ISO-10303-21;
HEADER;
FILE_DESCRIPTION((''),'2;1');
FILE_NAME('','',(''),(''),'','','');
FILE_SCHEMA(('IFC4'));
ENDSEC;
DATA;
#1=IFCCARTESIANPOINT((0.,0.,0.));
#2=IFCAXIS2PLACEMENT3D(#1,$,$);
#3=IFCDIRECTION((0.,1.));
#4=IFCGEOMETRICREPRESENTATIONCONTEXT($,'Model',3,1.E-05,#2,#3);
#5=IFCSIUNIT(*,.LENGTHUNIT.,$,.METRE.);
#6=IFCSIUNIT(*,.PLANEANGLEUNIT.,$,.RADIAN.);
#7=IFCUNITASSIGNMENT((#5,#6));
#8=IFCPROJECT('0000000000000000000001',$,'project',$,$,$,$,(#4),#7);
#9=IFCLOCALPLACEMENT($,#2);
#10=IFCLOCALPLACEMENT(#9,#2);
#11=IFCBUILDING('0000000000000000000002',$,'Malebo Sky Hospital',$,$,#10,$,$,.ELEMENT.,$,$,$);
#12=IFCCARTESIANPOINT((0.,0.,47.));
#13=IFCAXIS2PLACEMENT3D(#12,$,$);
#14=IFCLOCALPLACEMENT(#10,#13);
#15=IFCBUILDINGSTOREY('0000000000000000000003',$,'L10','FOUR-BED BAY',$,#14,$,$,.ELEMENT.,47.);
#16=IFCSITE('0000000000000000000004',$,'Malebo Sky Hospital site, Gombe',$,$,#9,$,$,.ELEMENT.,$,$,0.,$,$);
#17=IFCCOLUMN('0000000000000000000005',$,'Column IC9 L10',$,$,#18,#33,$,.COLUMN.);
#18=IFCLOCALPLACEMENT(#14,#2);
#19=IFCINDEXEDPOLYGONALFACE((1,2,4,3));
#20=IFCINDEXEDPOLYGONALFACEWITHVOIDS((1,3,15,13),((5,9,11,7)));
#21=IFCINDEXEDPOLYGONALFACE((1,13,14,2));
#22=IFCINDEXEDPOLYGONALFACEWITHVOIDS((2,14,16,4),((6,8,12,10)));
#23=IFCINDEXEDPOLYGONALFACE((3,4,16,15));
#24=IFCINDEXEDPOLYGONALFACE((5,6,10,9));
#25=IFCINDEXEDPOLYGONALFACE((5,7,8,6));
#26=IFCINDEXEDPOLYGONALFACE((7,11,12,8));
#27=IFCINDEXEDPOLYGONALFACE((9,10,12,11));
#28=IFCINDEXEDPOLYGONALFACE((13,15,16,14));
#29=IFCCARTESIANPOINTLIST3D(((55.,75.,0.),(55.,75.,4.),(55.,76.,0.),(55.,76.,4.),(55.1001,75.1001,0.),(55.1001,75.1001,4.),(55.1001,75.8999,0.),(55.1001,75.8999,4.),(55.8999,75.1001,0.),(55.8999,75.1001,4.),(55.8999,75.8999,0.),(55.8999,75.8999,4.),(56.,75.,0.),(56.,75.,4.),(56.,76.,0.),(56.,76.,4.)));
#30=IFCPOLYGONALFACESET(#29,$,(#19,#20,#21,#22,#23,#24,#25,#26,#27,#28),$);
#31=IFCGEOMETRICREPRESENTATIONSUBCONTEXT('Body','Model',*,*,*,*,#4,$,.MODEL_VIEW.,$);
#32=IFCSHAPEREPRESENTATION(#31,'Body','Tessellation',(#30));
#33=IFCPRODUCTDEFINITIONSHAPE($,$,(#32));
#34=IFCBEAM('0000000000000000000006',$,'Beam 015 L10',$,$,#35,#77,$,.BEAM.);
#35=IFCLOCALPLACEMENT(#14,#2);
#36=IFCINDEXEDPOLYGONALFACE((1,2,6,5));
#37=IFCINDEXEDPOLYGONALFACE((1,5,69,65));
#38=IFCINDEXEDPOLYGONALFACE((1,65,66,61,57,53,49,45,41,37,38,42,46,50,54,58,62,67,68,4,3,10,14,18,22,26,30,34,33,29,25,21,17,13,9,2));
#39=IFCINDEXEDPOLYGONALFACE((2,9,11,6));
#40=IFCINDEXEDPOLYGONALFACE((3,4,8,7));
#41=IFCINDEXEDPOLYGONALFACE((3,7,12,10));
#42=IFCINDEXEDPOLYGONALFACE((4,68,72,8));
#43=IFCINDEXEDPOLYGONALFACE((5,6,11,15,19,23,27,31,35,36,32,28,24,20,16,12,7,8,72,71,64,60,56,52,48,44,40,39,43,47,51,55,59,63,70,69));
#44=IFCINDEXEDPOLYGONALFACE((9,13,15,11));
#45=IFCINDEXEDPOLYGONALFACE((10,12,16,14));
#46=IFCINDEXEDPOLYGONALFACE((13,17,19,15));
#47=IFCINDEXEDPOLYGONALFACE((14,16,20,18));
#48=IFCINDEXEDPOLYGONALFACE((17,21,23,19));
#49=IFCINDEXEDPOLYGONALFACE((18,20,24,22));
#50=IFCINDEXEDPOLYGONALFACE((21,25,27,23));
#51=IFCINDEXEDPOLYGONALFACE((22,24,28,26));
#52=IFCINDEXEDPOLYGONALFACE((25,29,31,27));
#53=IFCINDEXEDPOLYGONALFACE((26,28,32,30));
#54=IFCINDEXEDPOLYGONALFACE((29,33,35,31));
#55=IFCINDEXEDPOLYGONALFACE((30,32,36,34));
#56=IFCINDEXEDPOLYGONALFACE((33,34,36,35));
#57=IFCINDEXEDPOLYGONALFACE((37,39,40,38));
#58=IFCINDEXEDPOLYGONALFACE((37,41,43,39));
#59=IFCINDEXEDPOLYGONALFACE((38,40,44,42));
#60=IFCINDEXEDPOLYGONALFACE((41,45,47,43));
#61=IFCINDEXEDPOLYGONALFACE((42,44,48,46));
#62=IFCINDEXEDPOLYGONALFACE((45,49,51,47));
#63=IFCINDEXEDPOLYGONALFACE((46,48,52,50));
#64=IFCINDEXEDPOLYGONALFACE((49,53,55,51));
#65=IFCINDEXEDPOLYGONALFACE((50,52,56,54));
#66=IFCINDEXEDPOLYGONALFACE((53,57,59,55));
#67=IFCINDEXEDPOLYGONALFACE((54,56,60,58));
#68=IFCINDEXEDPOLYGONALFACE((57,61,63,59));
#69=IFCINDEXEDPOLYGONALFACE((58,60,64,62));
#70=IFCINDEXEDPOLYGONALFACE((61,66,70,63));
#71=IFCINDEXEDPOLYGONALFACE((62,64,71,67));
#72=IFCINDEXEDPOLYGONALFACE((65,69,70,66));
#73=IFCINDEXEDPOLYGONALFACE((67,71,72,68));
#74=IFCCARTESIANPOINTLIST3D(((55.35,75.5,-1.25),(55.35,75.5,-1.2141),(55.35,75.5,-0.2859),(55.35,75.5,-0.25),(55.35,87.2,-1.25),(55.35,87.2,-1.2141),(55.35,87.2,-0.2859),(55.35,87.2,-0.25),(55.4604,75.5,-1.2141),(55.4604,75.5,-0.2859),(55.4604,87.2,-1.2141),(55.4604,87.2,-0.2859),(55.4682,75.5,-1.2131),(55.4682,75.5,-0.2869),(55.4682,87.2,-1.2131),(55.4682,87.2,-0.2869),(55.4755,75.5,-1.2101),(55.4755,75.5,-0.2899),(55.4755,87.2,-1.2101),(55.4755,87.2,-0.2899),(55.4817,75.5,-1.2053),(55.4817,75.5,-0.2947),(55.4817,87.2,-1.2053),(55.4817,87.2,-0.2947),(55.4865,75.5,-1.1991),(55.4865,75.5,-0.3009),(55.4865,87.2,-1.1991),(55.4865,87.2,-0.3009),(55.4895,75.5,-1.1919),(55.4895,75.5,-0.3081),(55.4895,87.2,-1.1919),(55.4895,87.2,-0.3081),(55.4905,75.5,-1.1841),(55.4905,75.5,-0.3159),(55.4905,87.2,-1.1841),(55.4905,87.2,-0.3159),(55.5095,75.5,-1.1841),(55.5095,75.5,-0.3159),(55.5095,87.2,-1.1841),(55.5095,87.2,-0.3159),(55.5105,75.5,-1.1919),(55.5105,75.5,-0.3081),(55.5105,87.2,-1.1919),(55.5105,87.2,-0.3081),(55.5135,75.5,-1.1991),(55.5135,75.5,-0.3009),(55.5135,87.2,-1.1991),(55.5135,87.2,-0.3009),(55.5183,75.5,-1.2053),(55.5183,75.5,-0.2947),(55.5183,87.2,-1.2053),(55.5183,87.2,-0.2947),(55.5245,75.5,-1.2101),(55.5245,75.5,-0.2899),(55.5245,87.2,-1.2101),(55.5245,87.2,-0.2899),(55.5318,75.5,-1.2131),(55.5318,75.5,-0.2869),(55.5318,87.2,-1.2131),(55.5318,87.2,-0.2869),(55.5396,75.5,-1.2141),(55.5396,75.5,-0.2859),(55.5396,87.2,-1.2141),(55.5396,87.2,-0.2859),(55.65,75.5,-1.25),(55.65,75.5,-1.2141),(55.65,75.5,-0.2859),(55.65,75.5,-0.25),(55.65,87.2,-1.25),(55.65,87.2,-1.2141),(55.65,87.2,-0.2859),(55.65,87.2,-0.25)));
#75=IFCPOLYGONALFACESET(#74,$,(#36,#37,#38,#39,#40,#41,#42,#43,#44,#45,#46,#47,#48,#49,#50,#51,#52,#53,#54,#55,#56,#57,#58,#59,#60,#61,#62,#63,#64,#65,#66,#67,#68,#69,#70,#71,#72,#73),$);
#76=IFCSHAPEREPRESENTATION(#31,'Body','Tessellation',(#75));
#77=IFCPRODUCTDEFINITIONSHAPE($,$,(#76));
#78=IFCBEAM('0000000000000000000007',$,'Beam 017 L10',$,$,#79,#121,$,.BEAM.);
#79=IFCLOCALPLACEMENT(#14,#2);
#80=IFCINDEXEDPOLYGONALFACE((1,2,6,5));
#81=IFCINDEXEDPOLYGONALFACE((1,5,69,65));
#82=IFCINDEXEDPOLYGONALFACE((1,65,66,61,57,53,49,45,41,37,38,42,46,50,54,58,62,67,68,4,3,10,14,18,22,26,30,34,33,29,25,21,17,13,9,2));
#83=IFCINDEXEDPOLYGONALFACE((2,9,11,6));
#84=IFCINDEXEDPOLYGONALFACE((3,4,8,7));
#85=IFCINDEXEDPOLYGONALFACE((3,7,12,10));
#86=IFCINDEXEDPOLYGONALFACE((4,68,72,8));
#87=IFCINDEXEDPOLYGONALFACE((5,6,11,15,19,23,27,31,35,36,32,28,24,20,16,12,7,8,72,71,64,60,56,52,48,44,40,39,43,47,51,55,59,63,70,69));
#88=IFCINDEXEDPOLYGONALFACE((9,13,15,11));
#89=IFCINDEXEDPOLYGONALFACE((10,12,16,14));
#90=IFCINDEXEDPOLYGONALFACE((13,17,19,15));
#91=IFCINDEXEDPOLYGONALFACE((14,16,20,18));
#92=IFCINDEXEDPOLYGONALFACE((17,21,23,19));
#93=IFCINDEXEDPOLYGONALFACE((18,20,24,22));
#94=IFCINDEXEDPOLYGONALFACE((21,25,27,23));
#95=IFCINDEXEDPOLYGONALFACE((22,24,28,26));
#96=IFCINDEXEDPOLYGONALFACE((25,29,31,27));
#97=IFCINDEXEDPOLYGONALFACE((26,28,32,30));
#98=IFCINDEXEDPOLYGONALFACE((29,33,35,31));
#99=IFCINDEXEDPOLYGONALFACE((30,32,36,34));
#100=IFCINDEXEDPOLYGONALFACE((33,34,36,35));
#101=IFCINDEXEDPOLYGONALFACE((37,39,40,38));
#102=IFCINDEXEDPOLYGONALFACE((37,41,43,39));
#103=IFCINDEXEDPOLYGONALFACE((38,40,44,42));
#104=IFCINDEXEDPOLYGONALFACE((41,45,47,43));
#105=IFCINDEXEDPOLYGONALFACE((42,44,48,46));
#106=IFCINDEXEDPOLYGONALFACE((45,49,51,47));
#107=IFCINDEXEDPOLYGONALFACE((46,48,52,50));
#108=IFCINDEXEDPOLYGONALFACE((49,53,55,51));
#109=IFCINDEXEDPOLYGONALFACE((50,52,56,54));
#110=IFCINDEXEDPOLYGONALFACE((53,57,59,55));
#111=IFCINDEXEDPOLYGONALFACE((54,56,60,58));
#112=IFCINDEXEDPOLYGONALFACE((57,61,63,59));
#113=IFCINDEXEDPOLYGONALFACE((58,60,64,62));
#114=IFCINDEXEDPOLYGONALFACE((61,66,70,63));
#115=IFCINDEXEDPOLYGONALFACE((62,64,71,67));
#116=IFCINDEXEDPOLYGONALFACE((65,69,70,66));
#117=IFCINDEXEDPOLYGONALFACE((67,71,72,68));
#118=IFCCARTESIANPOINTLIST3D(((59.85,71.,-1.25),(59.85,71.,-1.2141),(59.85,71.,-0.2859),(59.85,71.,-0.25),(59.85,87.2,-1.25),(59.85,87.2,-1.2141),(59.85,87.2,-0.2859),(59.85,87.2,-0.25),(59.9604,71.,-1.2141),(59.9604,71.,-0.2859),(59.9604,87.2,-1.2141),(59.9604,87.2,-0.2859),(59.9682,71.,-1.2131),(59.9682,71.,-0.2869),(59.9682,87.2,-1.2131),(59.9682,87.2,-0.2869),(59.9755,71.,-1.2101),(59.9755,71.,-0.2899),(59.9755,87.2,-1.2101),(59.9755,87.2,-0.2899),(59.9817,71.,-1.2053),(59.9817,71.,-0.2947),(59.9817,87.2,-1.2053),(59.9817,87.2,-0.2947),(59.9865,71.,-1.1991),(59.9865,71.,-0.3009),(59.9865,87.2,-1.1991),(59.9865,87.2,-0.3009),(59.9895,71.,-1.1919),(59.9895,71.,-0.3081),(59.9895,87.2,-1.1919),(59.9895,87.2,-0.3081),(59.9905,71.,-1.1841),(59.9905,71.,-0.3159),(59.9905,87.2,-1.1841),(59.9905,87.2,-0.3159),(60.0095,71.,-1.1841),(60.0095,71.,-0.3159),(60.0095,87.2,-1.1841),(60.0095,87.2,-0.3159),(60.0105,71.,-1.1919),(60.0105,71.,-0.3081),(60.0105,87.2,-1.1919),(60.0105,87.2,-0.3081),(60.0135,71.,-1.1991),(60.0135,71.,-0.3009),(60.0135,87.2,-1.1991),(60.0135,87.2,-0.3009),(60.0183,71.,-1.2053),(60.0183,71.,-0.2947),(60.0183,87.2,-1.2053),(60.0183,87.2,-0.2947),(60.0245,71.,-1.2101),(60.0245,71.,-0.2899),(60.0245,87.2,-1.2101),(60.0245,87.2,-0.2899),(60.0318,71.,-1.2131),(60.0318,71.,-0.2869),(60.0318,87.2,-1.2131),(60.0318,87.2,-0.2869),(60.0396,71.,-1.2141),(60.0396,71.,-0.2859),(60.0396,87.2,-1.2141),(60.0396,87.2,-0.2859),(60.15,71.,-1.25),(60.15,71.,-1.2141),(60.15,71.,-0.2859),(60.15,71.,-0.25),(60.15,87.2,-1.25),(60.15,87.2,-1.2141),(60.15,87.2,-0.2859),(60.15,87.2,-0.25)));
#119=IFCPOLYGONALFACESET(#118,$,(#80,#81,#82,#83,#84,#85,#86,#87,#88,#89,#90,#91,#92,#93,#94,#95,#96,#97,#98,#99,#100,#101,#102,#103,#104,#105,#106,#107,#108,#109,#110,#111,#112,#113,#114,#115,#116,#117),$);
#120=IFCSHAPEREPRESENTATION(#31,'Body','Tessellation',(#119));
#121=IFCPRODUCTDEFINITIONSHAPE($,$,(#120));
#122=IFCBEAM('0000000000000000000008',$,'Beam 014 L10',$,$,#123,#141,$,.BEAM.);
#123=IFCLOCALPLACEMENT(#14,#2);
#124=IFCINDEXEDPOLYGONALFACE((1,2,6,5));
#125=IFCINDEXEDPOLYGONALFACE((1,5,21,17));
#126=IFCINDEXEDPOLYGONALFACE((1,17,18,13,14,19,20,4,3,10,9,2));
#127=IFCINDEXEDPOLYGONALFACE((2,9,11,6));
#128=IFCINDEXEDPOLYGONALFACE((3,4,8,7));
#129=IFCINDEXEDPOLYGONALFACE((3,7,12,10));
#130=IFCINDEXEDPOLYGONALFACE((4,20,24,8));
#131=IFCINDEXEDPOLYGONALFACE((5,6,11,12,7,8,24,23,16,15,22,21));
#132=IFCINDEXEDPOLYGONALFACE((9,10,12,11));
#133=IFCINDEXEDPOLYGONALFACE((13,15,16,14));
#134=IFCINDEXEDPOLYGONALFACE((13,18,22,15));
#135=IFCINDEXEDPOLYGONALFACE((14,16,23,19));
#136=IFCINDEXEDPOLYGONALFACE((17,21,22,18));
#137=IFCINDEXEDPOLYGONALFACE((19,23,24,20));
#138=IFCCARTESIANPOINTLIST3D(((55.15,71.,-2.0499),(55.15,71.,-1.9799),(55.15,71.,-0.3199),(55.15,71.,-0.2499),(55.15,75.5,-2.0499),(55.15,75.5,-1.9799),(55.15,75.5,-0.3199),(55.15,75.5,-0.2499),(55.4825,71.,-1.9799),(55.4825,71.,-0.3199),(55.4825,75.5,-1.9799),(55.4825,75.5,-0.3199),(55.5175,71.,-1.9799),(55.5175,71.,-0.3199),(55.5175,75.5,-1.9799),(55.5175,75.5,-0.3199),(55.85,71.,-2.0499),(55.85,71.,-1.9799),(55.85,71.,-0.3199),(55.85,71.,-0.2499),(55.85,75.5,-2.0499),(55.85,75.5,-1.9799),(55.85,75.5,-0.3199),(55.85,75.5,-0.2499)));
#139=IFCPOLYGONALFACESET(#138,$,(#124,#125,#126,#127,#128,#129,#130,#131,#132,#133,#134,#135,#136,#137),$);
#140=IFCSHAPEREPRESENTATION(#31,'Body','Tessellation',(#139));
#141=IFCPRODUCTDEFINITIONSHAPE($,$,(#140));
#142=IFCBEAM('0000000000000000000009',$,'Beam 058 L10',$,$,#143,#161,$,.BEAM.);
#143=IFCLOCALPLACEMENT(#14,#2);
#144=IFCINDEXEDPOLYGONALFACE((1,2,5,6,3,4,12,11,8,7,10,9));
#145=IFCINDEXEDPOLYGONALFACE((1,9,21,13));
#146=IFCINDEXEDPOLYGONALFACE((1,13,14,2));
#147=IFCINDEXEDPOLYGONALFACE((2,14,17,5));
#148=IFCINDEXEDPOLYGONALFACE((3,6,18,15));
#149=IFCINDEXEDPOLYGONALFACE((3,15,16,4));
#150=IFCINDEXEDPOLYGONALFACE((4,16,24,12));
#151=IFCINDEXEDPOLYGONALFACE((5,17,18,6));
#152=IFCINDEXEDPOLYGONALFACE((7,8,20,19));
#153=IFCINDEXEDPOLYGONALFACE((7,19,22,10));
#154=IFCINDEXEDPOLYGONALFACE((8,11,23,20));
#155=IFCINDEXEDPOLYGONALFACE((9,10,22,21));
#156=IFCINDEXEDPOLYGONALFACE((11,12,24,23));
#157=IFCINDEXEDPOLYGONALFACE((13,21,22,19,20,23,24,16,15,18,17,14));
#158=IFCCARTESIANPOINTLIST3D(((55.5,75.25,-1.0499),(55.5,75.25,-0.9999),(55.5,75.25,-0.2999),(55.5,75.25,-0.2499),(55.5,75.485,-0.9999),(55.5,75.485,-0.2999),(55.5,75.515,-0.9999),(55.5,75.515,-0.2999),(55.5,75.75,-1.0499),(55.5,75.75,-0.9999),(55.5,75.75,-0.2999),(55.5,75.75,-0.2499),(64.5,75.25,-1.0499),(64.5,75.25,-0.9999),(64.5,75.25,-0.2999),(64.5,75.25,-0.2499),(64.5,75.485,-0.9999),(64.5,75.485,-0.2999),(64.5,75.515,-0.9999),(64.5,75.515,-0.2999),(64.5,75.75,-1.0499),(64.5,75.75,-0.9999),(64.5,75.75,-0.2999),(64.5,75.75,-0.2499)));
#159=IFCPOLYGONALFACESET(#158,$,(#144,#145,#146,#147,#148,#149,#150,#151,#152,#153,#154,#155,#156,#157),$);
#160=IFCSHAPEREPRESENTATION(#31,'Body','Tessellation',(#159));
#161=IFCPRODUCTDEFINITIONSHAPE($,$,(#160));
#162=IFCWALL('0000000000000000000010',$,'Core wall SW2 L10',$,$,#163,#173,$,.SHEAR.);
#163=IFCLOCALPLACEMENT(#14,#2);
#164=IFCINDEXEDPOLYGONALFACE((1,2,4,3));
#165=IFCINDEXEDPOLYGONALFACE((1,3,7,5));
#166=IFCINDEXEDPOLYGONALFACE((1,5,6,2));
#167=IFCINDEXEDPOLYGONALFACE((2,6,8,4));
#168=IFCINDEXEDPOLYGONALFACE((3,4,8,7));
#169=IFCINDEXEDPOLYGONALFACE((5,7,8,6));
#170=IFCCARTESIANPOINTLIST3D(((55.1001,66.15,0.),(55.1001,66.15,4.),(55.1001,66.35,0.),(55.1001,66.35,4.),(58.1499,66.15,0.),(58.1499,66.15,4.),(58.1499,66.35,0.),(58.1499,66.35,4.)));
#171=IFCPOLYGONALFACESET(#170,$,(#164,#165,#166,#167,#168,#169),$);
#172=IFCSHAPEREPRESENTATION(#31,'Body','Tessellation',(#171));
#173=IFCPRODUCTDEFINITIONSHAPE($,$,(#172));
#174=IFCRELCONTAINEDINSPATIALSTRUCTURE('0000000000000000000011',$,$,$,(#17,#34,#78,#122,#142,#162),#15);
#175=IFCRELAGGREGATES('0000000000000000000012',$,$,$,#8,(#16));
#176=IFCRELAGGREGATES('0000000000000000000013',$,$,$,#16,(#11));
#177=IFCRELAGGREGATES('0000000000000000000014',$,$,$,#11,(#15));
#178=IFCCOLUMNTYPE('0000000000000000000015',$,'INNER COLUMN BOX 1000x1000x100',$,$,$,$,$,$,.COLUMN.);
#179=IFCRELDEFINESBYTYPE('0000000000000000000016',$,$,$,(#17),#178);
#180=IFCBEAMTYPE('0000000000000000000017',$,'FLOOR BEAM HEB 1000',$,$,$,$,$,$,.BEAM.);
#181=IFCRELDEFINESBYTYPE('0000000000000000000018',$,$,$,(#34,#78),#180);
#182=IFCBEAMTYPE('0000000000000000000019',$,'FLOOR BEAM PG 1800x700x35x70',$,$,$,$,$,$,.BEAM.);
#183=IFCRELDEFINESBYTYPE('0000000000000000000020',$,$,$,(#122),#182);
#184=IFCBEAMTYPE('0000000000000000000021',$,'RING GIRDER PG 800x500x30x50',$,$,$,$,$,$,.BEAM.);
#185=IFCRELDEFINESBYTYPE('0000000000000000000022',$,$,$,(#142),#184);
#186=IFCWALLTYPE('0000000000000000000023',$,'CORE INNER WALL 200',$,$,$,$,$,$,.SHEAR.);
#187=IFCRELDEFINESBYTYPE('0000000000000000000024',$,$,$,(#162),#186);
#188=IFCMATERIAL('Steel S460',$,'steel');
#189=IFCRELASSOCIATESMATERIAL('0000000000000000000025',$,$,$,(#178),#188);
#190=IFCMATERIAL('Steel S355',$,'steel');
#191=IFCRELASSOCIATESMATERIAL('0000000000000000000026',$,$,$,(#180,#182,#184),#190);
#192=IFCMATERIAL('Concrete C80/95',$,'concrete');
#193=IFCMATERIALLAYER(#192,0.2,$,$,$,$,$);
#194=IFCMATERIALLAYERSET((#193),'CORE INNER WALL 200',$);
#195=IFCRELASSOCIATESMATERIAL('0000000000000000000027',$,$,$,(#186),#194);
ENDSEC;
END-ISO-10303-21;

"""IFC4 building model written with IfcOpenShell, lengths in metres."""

from ifc_helpers import new_model, si_unit, direction, frame, frame_2d, origin, origin_2d, place, context, subcontext, project, spatial, rectangle, hollow_rectangle, i_section, extrude, material, layer, layer_set, material_profile, profile_set, type_object, element, save


model = new_model("IFC4")

# Units and contexts
model_context = context("Model", 3, precision=1e-05, world=origin(), true_north=direction((0.0, 1.0)))
body_context = subcontext(model_context, "Body", "Model", "MODEL_VIEW")
ifc_project = project(units=[si_unit("LENGTHUNIT", "METRE"), si_unit("PLANEANGLEUNIT", "RADIAN")], contexts=[model_context])

# Site, building, storey
site_placement = place(None, origin())
site = spatial("IfcSite", under=ifc_project, at=site_placement, Name="Malebo Sky Hospital site, Gombe", CompositionType="ELEMENT", RefElevation=0.0)
building_placement = place(site_placement, origin())
building = spatial("IfcBuilding", under=site, at=building_placement, Name="Malebo Sky Hospital", CompositionType="ELEMENT")
storey_placement = place(building_placement, frame((0.0, 0.0, 47.0)))
storey = spatial("IfcBuildingStorey", under=building, at=storey_placement, Name="L10", Description="FOUR-BED BAY", CompositionType="ELEMENT", Elevation=47.0)

# Column
ifc_material_1 = material(Name="Steel S460", Category="steel")
ifc_material_profile_1 = material_profile(ifc_material_1, hollow_rectangle(XDim=1.0, YDim=1.0, WallThickness=0.1001, at=origin_2d()), Name="BOX 1000x1000x100")
ifc_profile_set_1 = profile_set([ifc_material_profile_1], Name="Steel S460")
column_type = type_object("IfcColumnType", Name="INNER COLUMN BOX 1000x1000x100", PredefinedType="COLUMN", material=ifc_profile_set_1)
column_placement = place(storey_placement, frame((55.5, 75.5, 0.0), z_axis=(0.0, 0.0, 1.0), x_axis=(1.0, 0.0, 0.0)))
element("IfcColumn", 1, at=column_placement, inside=storey, type_object=column_type, Name="Column IC9 L10", PredefinedType="COLUMN", context=body_context, shape_type="SweptSolid", body=[
    extrude(hollow_rectangle(XDim=1.0, YDim=1.0, WallThickness=0.1001, at=origin_2d()), origin(), (0.0, 0.0, 1.0), 4.0),
])

# Beams
ifc_material_2 = material(Name="Steel S355", Category="steel")
ifc_material_profile_2 = material_profile(ifc_material_2, i_section(OverallWidth=0.3, OverallDepth=1.0, WebThickness=0.019, FlangeThickness=0.0359, FilletRadius=0.03, at=origin_2d()), Name="HEB 1000")
ifc_profile_set_2 = profile_set([ifc_material_profile_2], Name="Steel S355")
beam_type_1 = type_object("IfcBeamType", Name="FLOOR BEAM HEB 1000", PredefinedType="BEAM", material=ifc_profile_set_2)
beam_1_placement = place(storey_placement, frame((55.5, 75.5, -0.75), z_axis=(0.0, 1.0, 0.0), x_axis=(-1.0, 0.0, 0.0)))
element("IfcBeam", 2, at=beam_1_placement, inside=storey, type_object=beam_type_1, Name="Beam 015 L10", PredefinedType="BEAM", context=body_context, shape_type="SweptSolid", body=[
    extrude(i_section(OverallWidth=0.3, OverallDepth=1.0, WebThickness=0.019, FlangeThickness=0.0359, FilletRadius=0.03, at=origin_2d()), origin(), (0.0, 0.0, 1.0), 11.7),
])
beam_2_placement = place(storey_placement, frame((60.0, 71.0, -0.75), z_axis=(0.0, 1.0, 0.0), x_axis=(-1.0, 0.0, 0.0)))
element("IfcBeam", 3, at=beam_2_placement, inside=storey, type_object=beam_type_1, Name="Beam 017 L10", PredefinedType="BEAM", context=body_context, shape_type="SweptSolid", body=[
    extrude(i_section(OverallWidth=0.3, OverallDepth=1.0, WebThickness=0.019, FlangeThickness=0.0359, FilletRadius=0.03, at=origin_2d()), origin(), (0.0, 0.0, 1.0), 16.2),
])
ifc_material_profile_3 = material_profile(ifc_material_2, i_section(OverallWidth=0.7, OverallDepth=1.8, WebThickness=0.0349, FlangeThickness=0.0701, at=origin_2d()), Name="PG 1800x700x35x70")
ifc_profile_set_3 = profile_set([ifc_material_profile_3], Name="Steel S355")
beam_type_2 = type_object("IfcBeamType", Name="FLOOR BEAM PG 1800x700x35x70", PredefinedType="BEAM", material=ifc_profile_set_3)
beam_3_placement = place(storey_placement, frame((55.5, 71.0, -1.1499), z_axis=(0.0, 1.0, 0.0), x_axis=(-1.0, 0.0, 0.0)))
element("IfcBeam", 4, at=beam_3_placement, inside=storey, type_object=beam_type_2, Name="Beam 014 L10", PredefinedType="BEAM", context=body_context, shape_type="SweptSolid", body=[
    extrude(i_section(OverallWidth=0.7, OverallDepth=1.8, WebThickness=0.0349, FlangeThickness=0.0701, at=origin_2d()), origin(), (0.0, 0.0, 1.0), 4.5),
])
ifc_material_profile_4 = material_profile(ifc_material_2, i_section(OverallWidth=0.5, OverallDepth=0.8, WebThickness=0.03, FlangeThickness=0.05, at=origin_2d()), Name="PG 800x500x30x50")
ifc_profile_set_4 = profile_set([ifc_material_profile_4], Name="Steel S355")
beam_type_3 = type_object("IfcBeamType", Name="RING GIRDER PG 800x500x30x50", PredefinedType="BEAM", material=ifc_profile_set_4)
beam_4_placement = place(storey_placement, frame((55.5, 75.5, -0.6499), z_axis=(1.0, 0.0, 0.0), x_axis=(0.0, 1.0, 0.0)))
element("IfcBeam", 5, at=beam_4_placement, inside=storey, type_object=beam_type_3, Name="Beam 058 L10", PredefinedType="BEAM", context=body_context, shape_type="SweptSolid", body=[
    extrude(i_section(OverallWidth=0.5, OverallDepth=0.8, WebThickness=0.03, FlangeThickness=0.05, at=origin_2d()), origin(), (0.0, 0.0, 1.0), 9.0),
])

# Wall
ifc_material_3 = material(Name="Concrete C80/95", Category="concrete")
ifc_layer_1 = layer(ifc_material_3, 0.2)
ifc_layer_set_1 = layer_set([ifc_layer_1], Name="CORE INNER WALL 200")
wall_type_1 = type_object("IfcWallType", Name="CORE INNER WALL 200", PredefinedType="SHEAR", material=ifc_layer_set_1)
wall_1_placement = place(storey_placement, frame((55.1001, 66.25, 0.0), z_axis=(0.0, 0.0, 1.0), x_axis=(1.0, 0.0, 0.0)))
element("IfcWall", 6, at=wall_1_placement, inside=storey, type_object=wall_type_1, Name="Core wall SW2 L10", PredefinedType="SHEAR", context=body_context, shape_type="SweptSolid", body=[
    extrude(rectangle(XDim=3.0498, YDim=0.2, at=frame_2d((1.5249, 0.0))), origin(), (0.0, 0.0, 1.0), 4.0),
])

save(model, "model.ifc")
